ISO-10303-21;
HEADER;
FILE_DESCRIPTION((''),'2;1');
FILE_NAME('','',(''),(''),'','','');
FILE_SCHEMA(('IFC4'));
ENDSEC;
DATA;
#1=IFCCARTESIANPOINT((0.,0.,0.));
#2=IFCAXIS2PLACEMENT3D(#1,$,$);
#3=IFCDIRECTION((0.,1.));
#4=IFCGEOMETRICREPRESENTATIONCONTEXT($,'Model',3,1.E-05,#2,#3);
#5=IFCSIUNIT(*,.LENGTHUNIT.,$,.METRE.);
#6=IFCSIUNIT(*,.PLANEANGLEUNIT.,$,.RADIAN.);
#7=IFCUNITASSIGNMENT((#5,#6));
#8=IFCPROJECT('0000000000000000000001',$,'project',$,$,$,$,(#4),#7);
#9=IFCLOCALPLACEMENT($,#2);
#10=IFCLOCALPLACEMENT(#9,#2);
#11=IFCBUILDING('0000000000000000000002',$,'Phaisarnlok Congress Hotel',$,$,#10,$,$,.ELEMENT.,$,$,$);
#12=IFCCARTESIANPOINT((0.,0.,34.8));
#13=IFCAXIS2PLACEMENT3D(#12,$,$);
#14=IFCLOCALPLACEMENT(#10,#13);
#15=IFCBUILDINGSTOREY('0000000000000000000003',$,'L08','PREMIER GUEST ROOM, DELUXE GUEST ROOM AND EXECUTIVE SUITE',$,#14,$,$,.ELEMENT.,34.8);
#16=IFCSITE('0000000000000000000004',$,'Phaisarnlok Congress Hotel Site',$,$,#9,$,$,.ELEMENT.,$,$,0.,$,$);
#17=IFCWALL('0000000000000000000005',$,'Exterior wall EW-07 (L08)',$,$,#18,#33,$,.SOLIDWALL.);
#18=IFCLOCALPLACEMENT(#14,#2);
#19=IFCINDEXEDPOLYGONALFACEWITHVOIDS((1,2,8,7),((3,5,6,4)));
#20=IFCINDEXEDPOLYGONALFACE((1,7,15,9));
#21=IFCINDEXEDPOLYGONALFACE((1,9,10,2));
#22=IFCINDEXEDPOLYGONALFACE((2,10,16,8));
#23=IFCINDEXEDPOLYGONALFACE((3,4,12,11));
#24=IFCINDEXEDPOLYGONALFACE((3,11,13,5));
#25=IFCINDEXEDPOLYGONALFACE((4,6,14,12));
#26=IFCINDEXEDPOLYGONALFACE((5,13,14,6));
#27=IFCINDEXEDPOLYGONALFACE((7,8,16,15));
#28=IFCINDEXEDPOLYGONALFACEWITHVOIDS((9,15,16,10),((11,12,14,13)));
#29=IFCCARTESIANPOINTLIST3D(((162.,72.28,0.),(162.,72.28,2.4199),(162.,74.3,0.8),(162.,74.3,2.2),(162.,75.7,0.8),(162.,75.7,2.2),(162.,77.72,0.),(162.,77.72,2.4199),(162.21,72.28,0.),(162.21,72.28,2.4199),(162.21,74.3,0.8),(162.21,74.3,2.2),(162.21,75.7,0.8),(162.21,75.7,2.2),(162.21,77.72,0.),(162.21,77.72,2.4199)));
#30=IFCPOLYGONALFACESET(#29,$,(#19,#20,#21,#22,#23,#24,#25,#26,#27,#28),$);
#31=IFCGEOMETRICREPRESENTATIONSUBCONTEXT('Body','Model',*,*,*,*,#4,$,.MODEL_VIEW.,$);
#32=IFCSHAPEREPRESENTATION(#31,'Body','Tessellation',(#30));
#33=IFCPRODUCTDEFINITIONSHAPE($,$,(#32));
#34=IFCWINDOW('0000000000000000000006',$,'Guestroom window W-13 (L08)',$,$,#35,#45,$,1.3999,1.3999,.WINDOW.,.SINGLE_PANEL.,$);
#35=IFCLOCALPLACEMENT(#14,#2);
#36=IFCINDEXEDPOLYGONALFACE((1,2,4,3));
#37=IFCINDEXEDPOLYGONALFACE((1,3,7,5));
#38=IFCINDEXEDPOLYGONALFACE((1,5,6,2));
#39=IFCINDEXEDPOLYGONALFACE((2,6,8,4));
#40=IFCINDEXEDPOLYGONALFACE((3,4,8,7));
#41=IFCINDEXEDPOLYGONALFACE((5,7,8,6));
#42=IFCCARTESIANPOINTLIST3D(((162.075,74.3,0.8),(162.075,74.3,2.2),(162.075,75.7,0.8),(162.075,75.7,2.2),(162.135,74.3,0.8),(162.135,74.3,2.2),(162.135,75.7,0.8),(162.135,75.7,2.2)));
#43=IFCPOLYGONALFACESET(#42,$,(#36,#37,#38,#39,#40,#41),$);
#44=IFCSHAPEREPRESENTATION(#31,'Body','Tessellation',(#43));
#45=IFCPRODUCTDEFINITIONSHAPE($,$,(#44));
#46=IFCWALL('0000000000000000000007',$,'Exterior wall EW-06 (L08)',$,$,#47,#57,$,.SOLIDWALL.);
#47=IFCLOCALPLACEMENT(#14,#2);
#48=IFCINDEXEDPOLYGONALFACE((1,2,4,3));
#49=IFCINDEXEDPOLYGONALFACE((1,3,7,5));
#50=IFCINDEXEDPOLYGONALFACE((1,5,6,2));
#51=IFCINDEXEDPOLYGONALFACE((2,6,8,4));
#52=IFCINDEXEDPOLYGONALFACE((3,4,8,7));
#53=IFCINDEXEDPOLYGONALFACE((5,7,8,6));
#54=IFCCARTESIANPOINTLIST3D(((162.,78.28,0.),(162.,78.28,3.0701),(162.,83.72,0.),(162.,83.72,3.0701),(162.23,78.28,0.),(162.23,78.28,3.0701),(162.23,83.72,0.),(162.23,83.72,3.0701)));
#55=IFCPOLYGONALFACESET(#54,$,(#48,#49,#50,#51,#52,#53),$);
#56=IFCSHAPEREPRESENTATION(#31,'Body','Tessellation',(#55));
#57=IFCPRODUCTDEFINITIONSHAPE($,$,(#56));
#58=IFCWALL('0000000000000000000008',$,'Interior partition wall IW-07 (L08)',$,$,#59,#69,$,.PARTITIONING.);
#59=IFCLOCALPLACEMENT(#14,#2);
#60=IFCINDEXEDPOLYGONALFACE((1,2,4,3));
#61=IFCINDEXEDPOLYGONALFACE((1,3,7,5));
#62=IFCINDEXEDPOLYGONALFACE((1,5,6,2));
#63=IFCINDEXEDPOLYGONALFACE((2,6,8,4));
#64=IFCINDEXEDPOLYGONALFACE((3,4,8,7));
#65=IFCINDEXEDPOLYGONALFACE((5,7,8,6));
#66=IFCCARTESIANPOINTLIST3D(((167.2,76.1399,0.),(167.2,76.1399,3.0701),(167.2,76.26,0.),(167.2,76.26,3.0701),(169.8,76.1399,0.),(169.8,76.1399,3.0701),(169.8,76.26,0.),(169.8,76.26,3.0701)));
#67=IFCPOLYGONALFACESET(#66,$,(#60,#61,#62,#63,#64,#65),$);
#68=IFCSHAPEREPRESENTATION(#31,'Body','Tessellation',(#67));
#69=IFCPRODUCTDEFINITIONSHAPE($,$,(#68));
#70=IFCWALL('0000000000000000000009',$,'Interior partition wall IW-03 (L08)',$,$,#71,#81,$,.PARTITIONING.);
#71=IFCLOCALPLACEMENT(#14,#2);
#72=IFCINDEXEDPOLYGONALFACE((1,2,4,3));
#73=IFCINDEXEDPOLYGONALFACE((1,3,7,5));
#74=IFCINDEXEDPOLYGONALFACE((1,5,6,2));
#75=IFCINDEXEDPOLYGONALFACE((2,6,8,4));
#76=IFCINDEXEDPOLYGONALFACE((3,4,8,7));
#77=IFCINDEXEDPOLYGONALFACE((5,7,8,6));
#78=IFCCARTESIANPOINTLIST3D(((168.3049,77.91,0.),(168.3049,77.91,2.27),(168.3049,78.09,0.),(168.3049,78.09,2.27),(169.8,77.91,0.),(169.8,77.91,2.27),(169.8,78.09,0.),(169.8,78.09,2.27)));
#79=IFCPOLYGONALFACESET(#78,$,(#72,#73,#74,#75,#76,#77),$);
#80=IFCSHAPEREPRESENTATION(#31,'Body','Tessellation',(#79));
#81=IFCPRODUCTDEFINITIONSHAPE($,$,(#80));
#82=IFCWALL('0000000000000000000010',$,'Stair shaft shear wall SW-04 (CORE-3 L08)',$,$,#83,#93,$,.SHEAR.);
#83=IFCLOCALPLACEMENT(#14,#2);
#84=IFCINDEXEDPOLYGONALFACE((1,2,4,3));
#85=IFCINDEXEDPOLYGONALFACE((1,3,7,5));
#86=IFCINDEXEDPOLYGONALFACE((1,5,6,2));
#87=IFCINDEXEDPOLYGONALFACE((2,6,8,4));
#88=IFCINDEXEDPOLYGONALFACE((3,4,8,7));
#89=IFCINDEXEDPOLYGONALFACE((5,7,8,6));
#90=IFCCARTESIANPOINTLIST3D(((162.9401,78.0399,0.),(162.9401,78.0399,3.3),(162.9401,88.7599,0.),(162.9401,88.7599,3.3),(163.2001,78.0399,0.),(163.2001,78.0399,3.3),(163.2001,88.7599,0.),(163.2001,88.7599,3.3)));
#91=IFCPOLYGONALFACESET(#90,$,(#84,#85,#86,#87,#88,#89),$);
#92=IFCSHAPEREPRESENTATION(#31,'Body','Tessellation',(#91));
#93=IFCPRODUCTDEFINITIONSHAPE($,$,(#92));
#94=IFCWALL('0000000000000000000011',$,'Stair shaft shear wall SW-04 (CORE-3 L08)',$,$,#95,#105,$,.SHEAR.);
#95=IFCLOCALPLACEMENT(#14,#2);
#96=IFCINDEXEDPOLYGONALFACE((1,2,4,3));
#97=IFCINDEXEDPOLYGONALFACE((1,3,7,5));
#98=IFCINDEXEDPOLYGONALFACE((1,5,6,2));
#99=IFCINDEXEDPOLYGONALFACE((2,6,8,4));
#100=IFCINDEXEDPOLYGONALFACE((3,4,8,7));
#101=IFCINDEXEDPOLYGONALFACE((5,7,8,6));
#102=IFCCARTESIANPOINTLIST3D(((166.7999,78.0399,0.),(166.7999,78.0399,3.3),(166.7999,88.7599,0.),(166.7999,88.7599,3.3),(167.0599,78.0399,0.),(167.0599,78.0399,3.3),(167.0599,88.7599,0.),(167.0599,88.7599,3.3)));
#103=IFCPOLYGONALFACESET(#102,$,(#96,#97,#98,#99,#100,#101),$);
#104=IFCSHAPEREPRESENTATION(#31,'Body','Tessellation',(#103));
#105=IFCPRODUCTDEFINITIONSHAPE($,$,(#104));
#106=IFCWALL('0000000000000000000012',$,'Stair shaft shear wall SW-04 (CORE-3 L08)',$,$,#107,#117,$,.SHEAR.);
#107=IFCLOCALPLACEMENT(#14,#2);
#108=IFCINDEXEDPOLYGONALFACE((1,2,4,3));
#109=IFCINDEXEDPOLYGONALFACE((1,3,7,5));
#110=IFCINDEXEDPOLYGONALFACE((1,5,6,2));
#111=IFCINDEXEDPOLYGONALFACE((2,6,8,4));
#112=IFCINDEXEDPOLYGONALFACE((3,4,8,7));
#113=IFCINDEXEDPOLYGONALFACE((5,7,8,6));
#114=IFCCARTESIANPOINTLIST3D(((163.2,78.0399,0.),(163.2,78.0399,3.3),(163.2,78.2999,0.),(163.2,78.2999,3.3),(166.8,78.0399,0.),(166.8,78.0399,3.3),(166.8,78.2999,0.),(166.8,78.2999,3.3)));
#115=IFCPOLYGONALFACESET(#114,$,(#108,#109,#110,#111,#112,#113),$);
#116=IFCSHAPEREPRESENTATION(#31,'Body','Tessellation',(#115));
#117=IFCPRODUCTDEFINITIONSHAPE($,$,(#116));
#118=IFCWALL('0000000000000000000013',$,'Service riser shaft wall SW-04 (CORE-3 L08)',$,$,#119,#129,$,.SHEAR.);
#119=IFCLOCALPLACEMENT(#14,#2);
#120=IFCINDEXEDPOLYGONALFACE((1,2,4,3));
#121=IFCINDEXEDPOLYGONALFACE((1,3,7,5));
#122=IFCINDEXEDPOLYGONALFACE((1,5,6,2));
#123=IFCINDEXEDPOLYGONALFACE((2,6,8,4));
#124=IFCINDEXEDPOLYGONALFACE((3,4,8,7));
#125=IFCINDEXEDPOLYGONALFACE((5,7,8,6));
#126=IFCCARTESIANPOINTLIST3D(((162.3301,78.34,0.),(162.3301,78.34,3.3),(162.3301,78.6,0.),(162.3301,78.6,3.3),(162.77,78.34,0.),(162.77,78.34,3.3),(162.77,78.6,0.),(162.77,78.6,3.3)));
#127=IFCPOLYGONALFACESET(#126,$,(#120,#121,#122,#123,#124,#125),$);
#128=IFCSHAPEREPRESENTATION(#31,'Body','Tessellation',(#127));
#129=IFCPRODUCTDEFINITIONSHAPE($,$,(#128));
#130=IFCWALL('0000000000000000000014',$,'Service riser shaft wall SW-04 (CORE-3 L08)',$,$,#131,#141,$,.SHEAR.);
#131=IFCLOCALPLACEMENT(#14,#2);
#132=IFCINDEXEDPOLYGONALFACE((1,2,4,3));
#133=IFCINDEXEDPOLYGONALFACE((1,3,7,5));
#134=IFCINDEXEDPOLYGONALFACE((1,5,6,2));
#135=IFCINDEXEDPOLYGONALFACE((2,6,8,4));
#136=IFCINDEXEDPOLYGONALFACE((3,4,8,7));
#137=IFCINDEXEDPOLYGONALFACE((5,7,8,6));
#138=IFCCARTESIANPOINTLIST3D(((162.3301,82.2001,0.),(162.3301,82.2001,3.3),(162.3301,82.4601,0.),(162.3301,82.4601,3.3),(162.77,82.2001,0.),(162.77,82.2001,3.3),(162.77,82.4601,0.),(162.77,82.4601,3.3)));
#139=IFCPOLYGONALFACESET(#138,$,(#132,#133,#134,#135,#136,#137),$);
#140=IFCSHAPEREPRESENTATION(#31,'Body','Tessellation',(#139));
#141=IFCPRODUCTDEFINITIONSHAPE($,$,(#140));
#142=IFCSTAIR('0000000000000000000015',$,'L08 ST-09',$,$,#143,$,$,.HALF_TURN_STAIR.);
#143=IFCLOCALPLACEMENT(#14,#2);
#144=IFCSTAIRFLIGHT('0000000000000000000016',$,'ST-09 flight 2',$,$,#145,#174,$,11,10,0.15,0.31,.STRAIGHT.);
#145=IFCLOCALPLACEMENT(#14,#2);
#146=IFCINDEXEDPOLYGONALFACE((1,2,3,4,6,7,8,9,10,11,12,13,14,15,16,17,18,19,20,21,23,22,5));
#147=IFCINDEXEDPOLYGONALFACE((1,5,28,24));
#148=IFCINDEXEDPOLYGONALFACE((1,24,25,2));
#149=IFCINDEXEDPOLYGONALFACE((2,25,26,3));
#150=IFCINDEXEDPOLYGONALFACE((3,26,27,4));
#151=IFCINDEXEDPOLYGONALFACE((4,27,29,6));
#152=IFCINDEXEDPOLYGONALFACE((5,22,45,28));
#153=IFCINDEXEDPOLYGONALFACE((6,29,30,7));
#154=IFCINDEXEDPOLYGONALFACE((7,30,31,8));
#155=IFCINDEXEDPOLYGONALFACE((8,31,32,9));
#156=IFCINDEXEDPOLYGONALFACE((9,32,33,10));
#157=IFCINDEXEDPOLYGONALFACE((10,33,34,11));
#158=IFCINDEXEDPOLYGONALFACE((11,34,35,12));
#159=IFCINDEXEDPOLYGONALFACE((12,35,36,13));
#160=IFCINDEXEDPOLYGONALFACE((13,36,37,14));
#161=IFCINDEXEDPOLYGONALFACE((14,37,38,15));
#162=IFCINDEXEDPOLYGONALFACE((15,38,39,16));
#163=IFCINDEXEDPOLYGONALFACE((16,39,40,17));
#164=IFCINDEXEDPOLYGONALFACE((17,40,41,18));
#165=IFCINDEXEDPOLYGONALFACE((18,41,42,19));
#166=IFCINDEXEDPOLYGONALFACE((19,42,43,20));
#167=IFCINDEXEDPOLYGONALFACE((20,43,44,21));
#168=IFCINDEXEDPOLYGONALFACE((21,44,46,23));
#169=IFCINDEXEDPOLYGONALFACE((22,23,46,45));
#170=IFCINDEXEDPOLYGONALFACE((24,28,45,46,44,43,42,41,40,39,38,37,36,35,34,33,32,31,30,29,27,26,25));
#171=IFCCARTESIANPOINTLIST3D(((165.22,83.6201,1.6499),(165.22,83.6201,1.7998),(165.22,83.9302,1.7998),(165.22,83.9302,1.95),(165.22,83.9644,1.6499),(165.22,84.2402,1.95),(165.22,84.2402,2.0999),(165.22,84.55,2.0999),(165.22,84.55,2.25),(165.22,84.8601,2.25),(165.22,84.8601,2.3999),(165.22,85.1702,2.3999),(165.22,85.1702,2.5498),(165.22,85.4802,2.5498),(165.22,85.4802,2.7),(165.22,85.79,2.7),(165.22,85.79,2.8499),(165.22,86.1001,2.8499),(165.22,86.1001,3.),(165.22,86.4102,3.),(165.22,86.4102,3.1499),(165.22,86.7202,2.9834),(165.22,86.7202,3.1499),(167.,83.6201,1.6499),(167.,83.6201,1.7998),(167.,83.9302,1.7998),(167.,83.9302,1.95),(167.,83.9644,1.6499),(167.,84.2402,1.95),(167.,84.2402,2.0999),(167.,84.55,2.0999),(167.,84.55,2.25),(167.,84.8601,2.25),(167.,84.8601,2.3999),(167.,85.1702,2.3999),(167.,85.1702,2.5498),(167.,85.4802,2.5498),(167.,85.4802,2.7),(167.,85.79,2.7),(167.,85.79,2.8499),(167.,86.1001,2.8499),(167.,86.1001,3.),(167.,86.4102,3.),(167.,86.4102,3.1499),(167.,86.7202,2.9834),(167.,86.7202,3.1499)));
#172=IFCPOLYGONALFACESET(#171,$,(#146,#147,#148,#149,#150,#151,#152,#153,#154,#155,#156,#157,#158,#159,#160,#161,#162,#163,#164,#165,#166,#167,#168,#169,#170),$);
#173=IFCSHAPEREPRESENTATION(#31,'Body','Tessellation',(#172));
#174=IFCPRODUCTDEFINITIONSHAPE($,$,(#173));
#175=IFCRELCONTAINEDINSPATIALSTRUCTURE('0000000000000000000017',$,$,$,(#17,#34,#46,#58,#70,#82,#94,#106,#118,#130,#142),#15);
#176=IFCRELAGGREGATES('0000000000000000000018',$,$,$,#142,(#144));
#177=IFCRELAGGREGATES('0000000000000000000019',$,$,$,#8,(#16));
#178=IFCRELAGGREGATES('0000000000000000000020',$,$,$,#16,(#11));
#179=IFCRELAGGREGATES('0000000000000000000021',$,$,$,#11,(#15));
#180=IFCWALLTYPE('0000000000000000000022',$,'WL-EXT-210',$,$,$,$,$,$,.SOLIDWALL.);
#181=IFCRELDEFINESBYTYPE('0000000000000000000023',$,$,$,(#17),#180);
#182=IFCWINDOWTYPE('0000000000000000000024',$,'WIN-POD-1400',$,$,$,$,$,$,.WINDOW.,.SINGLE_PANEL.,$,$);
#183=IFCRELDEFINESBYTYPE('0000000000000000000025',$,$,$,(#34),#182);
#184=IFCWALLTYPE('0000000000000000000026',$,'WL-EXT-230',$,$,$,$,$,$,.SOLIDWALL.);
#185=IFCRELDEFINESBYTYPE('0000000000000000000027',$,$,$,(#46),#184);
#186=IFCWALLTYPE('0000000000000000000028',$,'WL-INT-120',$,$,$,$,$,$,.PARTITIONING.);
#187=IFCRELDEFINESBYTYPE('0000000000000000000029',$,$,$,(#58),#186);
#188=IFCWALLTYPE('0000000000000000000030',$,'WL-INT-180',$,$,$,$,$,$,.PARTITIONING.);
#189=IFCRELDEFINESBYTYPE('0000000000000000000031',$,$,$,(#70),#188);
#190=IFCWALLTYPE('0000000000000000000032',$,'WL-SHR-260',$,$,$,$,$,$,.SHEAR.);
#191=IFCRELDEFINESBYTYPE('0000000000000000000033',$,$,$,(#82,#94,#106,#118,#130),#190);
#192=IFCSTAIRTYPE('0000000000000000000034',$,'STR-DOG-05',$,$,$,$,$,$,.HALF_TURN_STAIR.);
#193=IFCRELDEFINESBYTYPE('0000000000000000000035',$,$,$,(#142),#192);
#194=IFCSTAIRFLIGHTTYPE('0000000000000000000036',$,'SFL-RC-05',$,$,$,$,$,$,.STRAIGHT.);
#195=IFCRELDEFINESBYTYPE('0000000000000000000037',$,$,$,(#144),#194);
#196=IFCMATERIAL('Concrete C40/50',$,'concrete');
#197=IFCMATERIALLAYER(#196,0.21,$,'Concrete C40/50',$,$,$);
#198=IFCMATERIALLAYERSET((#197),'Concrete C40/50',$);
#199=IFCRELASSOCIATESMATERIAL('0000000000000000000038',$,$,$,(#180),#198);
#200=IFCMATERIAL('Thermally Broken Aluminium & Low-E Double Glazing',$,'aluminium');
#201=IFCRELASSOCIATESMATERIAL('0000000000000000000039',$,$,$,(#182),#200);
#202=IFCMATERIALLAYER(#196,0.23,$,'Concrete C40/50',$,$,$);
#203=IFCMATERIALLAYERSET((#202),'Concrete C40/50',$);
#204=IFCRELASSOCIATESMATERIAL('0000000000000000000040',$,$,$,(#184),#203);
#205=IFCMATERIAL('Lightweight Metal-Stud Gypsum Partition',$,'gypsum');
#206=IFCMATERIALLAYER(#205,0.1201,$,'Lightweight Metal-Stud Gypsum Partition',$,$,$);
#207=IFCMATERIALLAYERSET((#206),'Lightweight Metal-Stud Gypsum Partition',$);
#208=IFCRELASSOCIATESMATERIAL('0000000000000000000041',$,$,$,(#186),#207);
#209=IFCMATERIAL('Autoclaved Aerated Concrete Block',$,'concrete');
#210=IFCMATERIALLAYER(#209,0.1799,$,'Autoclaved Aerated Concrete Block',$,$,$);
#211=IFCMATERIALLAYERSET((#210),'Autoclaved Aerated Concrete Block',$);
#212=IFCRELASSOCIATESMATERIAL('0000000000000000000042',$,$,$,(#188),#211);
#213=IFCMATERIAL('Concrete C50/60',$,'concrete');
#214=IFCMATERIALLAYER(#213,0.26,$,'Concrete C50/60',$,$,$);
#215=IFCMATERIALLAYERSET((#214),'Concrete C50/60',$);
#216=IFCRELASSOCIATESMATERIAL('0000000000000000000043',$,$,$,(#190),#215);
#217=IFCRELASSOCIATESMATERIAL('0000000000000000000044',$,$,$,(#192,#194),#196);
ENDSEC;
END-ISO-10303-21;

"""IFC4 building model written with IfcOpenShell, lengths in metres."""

from ifc_helpers import new_model, si_unit, direction, frame, frame_2d, origin, place, context, subcontext, project, spatial, polyline, rectangle, outline, extrude, material, layer, layer_set, type_object, element, fill, aggregate, save


model = new_model("IFC4")

# Units and contexts
model_context = context("Model", 3, precision=1e-05, world=origin(), true_north=direction((0.0, 1.0)))
body_context = subcontext(model_context, "Body", "Model", "MODEL_VIEW")
ifc_project = project(units=[si_unit("LENGTHUNIT", "METRE"), si_unit("PLANEANGLEUNIT", "RADIAN")], contexts=[model_context])

# Site, building, storey
site_placement = place(None, origin())
site = spatial("IfcSite", under=ifc_project, at=site_placement, Name="Phaisarnlok Congress Hotel Site", CompositionType="ELEMENT", RefElevation=0.0)
building_placement = place(site_placement, origin())
building = spatial("IfcBuilding", under=site, at=building_placement, Name="Phaisarnlok Congress Hotel", CompositionType="ELEMENT")
storey_placement = place(building_placement, frame((0.0, 0.0, 34.8)))
storey = spatial("IfcBuildingStorey", under=building, at=storey_placement, Name="L08", Description="PREMIER GUEST ROOM, DELUXE GUEST ROOM AND EXECUTIVE SUITE", CompositionType="ELEMENT", Elevation=34.8)

# Shared definitions
ifc_material_1 = material(Name="Concrete C50/60", Category="concrete")

# Shared definitions
ifc_material_2 = material(Name="Concrete C40/50", Category="concrete")

# Wall, opening, window
ifc_layer_1 = layer(ifc_material_2, 0.21, Name="Concrete C40/50")
ifc_layer_set_1 = layer_set([ifc_layer_1], Name="Concrete C40/50")
wall_type_1 = type_object("IfcWallType", Name="WL-EXT-210", PredefinedType="SOLIDWALL", material=ifc_layer_set_1)
wall_1_placement = place(storey_placement, frame((162.105, 77.72, 0.0), z_axis=(0.0, 0.0, 1.0), x_axis=(0.0, -1.0, 0.0)))
wall_1 = element("IfcWall", 1, at=wall_1_placement, inside=storey, type_object=wall_type_1, Name="Exterior wall EW-07 (L08)", PredefinedType="SOLIDWALL", context=body_context, shape_type="SweptSolid", body=[
    extrude(rectangle(XDim=5.4399, YDim=0.21, at=frame_2d((2.72, 0.0))), origin(), (0.0, 0.0, 1.0), 2.4199),
])
opening_placement = place(wall_1_placement, frame((2.02, 0.0, 0.8)))
opening = element("IfcOpeningElement", 2, at=opening_placement, cuts=wall_1, PredefinedType="OPENING", context=body_context, shape_type="SweptSolid", body=[
    extrude(rectangle(XDim=1.3999, YDim=1.3999, at=frame_2d((0.7, 0.7))), frame((0.0, 0.115, 0.0), z_axis=(0.0, -1.0, 0.0), x_axis=(1.0, 0.0, 0.0)), (0.0, 0.0, 1.0), 0.23),
])
ifc_material_3 = material(Name="Thermally Broken Aluminium & Low-E Double Glazing", Category="aluminium")
window_type = type_object("IfcWindowType", Name="WIN-POD-1400", PartitioningType="SINGLE_PANEL", PredefinedType="WINDOW", material=ifc_material_3)
window_placement = place(opening_placement, origin())
window = element("IfcWindow", 3, at=window_placement, inside=storey, type_object=window_type, Name="Guestroom window W-13 (L08)", OverallHeight=1.3999, OverallWidth=1.3999, PartitioningType="SINGLE_PANEL", PredefinedType="WINDOW", context=body_context, shape_type="SweptSolid", body=[
    extrude(rectangle(XDim=1.3999, YDim=1.3999, at=frame_2d((0.7, 0.7))), frame((0.0, 0.03, 0.0), z_axis=(0.0, -1.0, 0.0), x_axis=(1.0, 0.0, 0.0)), (0.0, 0.0, 1.0), 0.0601),
])
fill(opening, window)

# Walls
ifc_layer_2 = layer(ifc_material_2, 0.23, Name="Concrete C40/50")
ifc_layer_set_2 = layer_set([ifc_layer_2], Name="Concrete C40/50")
wall_type_2 = type_object("IfcWallType", Name="WL-EXT-230", PredefinedType="SOLIDWALL", material=ifc_layer_set_2)
wall_2_placement = place(storey_placement, frame((162.115, 83.72, 0.0), z_axis=(0.0, 0.0, 1.0), x_axis=(0.0, -1.0, 0.0)))
element("IfcWall", 4, at=wall_2_placement, inside=storey, type_object=wall_type_2, Name="Exterior wall EW-06 (L08)", PredefinedType="SOLIDWALL", context=body_context, shape_type="SweptSolid", body=[
    extrude(rectangle(XDim=5.4399, YDim=0.23, at=frame_2d((2.72, 0.0))), origin(), (0.0, 0.0, 1.0), 3.0701),
])
ifc_material_4 = material(Name="Lightweight Metal-Stud Gypsum Partition", Category="gypsum")
ifc_layer_3 = layer(ifc_material_4, 0.1201, Name="Lightweight Metal-Stud Gypsum Partition")
ifc_layer_set_3 = layer_set([ifc_layer_3], Name="Lightweight Metal-Stud Gypsum Partition")
wall_type_3 = type_object("IfcWallType", Name="WL-INT-120", PredefinedType="PARTITIONING", material=ifc_layer_set_3)
wall_3_placement = place(storey_placement, frame((167.2, 76.2, 0.0), z_axis=(0.0, 0.0, 1.0), x_axis=(1.0, 0.0, 0.0)))
element("IfcWall", 5, at=wall_3_placement, inside=storey, type_object=wall_type_3, Name="Interior partition wall IW-07 (L08)", PredefinedType="PARTITIONING", context=body_context, shape_type="SweptSolid", body=[
    extrude(rectangle(XDim=2.6001, YDim=0.1201, at=frame_2d((1.3, 0.0))), origin(), (0.0, 0.0, 1.0), 3.0701),
])
ifc_material_5 = material(Name="Autoclaved Aerated Concrete Block", Category="concrete")
ifc_layer_4 = layer(ifc_material_5, 0.1799, Name="Autoclaved Aerated Concrete Block")
ifc_layer_set_4 = layer_set([ifc_layer_4], Name="Autoclaved Aerated Concrete Block")
wall_type_4 = type_object("IfcWallType", Name="WL-INT-180", PredefinedType="PARTITIONING", material=ifc_layer_set_4)
wall_4_placement = place(storey_placement, frame((168.3049, 78.0, 0.0), z_axis=(0.0, 0.0, 1.0), x_axis=(1.0, 0.0, 0.0)))
element("IfcWall", 6, at=wall_4_placement, inside=storey, type_object=wall_type_4, Name="Interior partition wall IW-03 (L08)", PredefinedType="PARTITIONING", context=body_context, shape_type="SweptSolid", body=[
    extrude(rectangle(XDim=1.4951, YDim=0.1799, at=frame_2d((0.7476, 0.0))), origin(), (0.0, 0.0, 1.0), 2.27),
])
ifc_layer_5 = layer(ifc_material_1, 0.26, Name="Concrete C50/60")
ifc_layer_set_5 = layer_set([ifc_layer_5], Name="Concrete C50/60")
wall_type_5 = type_object("IfcWallType", Name="WL-SHR-260", PredefinedType="SHEAR", material=ifc_layer_set_5)
for number, where, z_axis, x_axis, name in (
    (7, (163.0701, 78.04, 0.0), (0.0, 0.0, 1.0), (0.0, 1.0, 0.0), "Stair shaft shear wall SW-04 (CORE-3 L08)"),
    (8, (166.9299, 78.04, 0.0), (0.0, 0.0, 1.0), (0.0, 1.0, 0.0), "Stair shaft shear wall SW-04 (CORE-3 L08)"),
):
    element("IfcWall", number, at=place(storey_placement, frame(where, z_axis=z_axis, x_axis=x_axis)), inside=storey, type_object=wall_type_5, Name=name, PredefinedType="SHEAR", context=body_context, shape_type="SweptSolid", body=[
        extrude(rectangle(XDim=10.72, YDim=0.26, at=frame_2d((5.3599, 0.0))), origin(), (0.0, 0.0, 1.0), 3.3),
    ])
wall_5_placement = place(storey_placement, frame((163.2, 78.1699, 0.0), z_axis=(0.0, 0.0, 1.0), x_axis=(1.0, 0.0, 0.0)))
element("IfcWall", 9, at=wall_5_placement, inside=storey, type_object=wall_type_5, Name="Stair shaft shear wall SW-04 (CORE-3 L08)", PredefinedType="SHEAR", context=body_context, shape_type="SweptSolid", body=[
    extrude(rectangle(XDim=3.6001, YDim=0.26, at=frame_2d((1.8, 0.0))), origin(), (0.0, 0.0, 1.0), 3.3),
])
for number, where, z_axis, x_axis, name in (
    (10, (162.3301, 78.47, 0.0), (0.0, 0.0, 1.0), (1.0, 0.0, 0.0), "Service riser shaft wall SW-04 (CORE-3 L08)"),
    (11, (162.3301, 82.3301, 0.0), (0.0, 0.0, 1.0), (1.0, 0.0, 0.0), "Service riser shaft wall SW-04 (CORE-3 L08)"),
):
    element("IfcWall", number, at=place(storey_placement, frame(where, z_axis=z_axis, x_axis=x_axis)), inside=storey, type_object=wall_type_5, Name=name, PredefinedType="SHEAR", context=body_context, shape_type="SweptSolid", body=[
        extrude(rectangle(XDim=0.4399, YDim=0.26, at=frame_2d((0.22, 0.0))), origin(), (0.0, 0.0, 1.0), 3.3),
    ])

# Stair, stair flight
stair_type = type_object("IfcStairType", Name="STR-DOG-05", PredefinedType="HALF_TURN_STAIR", material=ifc_material_2)
stair_placement = place(storey_placement, origin())
stair = element("IfcStair", 12, at=stair_placement, inside=storey, type_object=stair_type, Name="L08 ST-09", PredefinedType="HALF_TURN_STAIR")
stair_flight_type = type_object("IfcStairFlightType", Name="SFL-RC-05", PredefinedType="STRAIGHT", material=ifc_material_2)
stair_flight_placement = place(storey_placement, frame((166.1101, 83.6201, 1.6499), z_axis=(0.0, 0.0, 1.0), x_axis=(0.0, 1.0, 0.0)))
stair_flight = element("IfcStairFlight", 13, at=stair_flight_placement, type_object=stair_flight_type, Name="ST-09 flight 2", NumberOfRisers=11, NumberOfTreads=10, PredefinedType="STRAIGHT", RiserHeight=0.15, TreadLength=0.31, context=body_context, shape_type="SweptSolid", body=[
    extrude(outline(polyline([(0.0, 0.0), (0.0, 0.1499), (0.3101, 0.1499), (0.3101, 0.3), (0.6201, 0.3), (0.6201, 0.45), (0.9299, 0.45), (0.9299, 0.6001), (1.24, 0.6001), (1.24, 0.75), (1.55, 0.75), (1.55, 0.8999), (1.8601, 0.8999), (1.8601, 1.05), (2.1699, 1.05), (2.1699, 1.2), (2.48, 1.2), (2.48, 1.3501), (2.79, 1.3501), (2.79, 1.5), (3.1001, 1.5), (3.1001, 1.6499), (3.1001, 1.3335), (0.3442, 0.0), (0.0, 0.0)])), frame((0.0, 0.8901, 0.0), z_axis=(0.0, -1.0, 0.0), x_axis=(1.0, 0.0, 0.0)), (0.0, 0.0, 1.0), 1.78),
])
aggregate(stair, [stair_flight])

save(model, "model.ifc")
